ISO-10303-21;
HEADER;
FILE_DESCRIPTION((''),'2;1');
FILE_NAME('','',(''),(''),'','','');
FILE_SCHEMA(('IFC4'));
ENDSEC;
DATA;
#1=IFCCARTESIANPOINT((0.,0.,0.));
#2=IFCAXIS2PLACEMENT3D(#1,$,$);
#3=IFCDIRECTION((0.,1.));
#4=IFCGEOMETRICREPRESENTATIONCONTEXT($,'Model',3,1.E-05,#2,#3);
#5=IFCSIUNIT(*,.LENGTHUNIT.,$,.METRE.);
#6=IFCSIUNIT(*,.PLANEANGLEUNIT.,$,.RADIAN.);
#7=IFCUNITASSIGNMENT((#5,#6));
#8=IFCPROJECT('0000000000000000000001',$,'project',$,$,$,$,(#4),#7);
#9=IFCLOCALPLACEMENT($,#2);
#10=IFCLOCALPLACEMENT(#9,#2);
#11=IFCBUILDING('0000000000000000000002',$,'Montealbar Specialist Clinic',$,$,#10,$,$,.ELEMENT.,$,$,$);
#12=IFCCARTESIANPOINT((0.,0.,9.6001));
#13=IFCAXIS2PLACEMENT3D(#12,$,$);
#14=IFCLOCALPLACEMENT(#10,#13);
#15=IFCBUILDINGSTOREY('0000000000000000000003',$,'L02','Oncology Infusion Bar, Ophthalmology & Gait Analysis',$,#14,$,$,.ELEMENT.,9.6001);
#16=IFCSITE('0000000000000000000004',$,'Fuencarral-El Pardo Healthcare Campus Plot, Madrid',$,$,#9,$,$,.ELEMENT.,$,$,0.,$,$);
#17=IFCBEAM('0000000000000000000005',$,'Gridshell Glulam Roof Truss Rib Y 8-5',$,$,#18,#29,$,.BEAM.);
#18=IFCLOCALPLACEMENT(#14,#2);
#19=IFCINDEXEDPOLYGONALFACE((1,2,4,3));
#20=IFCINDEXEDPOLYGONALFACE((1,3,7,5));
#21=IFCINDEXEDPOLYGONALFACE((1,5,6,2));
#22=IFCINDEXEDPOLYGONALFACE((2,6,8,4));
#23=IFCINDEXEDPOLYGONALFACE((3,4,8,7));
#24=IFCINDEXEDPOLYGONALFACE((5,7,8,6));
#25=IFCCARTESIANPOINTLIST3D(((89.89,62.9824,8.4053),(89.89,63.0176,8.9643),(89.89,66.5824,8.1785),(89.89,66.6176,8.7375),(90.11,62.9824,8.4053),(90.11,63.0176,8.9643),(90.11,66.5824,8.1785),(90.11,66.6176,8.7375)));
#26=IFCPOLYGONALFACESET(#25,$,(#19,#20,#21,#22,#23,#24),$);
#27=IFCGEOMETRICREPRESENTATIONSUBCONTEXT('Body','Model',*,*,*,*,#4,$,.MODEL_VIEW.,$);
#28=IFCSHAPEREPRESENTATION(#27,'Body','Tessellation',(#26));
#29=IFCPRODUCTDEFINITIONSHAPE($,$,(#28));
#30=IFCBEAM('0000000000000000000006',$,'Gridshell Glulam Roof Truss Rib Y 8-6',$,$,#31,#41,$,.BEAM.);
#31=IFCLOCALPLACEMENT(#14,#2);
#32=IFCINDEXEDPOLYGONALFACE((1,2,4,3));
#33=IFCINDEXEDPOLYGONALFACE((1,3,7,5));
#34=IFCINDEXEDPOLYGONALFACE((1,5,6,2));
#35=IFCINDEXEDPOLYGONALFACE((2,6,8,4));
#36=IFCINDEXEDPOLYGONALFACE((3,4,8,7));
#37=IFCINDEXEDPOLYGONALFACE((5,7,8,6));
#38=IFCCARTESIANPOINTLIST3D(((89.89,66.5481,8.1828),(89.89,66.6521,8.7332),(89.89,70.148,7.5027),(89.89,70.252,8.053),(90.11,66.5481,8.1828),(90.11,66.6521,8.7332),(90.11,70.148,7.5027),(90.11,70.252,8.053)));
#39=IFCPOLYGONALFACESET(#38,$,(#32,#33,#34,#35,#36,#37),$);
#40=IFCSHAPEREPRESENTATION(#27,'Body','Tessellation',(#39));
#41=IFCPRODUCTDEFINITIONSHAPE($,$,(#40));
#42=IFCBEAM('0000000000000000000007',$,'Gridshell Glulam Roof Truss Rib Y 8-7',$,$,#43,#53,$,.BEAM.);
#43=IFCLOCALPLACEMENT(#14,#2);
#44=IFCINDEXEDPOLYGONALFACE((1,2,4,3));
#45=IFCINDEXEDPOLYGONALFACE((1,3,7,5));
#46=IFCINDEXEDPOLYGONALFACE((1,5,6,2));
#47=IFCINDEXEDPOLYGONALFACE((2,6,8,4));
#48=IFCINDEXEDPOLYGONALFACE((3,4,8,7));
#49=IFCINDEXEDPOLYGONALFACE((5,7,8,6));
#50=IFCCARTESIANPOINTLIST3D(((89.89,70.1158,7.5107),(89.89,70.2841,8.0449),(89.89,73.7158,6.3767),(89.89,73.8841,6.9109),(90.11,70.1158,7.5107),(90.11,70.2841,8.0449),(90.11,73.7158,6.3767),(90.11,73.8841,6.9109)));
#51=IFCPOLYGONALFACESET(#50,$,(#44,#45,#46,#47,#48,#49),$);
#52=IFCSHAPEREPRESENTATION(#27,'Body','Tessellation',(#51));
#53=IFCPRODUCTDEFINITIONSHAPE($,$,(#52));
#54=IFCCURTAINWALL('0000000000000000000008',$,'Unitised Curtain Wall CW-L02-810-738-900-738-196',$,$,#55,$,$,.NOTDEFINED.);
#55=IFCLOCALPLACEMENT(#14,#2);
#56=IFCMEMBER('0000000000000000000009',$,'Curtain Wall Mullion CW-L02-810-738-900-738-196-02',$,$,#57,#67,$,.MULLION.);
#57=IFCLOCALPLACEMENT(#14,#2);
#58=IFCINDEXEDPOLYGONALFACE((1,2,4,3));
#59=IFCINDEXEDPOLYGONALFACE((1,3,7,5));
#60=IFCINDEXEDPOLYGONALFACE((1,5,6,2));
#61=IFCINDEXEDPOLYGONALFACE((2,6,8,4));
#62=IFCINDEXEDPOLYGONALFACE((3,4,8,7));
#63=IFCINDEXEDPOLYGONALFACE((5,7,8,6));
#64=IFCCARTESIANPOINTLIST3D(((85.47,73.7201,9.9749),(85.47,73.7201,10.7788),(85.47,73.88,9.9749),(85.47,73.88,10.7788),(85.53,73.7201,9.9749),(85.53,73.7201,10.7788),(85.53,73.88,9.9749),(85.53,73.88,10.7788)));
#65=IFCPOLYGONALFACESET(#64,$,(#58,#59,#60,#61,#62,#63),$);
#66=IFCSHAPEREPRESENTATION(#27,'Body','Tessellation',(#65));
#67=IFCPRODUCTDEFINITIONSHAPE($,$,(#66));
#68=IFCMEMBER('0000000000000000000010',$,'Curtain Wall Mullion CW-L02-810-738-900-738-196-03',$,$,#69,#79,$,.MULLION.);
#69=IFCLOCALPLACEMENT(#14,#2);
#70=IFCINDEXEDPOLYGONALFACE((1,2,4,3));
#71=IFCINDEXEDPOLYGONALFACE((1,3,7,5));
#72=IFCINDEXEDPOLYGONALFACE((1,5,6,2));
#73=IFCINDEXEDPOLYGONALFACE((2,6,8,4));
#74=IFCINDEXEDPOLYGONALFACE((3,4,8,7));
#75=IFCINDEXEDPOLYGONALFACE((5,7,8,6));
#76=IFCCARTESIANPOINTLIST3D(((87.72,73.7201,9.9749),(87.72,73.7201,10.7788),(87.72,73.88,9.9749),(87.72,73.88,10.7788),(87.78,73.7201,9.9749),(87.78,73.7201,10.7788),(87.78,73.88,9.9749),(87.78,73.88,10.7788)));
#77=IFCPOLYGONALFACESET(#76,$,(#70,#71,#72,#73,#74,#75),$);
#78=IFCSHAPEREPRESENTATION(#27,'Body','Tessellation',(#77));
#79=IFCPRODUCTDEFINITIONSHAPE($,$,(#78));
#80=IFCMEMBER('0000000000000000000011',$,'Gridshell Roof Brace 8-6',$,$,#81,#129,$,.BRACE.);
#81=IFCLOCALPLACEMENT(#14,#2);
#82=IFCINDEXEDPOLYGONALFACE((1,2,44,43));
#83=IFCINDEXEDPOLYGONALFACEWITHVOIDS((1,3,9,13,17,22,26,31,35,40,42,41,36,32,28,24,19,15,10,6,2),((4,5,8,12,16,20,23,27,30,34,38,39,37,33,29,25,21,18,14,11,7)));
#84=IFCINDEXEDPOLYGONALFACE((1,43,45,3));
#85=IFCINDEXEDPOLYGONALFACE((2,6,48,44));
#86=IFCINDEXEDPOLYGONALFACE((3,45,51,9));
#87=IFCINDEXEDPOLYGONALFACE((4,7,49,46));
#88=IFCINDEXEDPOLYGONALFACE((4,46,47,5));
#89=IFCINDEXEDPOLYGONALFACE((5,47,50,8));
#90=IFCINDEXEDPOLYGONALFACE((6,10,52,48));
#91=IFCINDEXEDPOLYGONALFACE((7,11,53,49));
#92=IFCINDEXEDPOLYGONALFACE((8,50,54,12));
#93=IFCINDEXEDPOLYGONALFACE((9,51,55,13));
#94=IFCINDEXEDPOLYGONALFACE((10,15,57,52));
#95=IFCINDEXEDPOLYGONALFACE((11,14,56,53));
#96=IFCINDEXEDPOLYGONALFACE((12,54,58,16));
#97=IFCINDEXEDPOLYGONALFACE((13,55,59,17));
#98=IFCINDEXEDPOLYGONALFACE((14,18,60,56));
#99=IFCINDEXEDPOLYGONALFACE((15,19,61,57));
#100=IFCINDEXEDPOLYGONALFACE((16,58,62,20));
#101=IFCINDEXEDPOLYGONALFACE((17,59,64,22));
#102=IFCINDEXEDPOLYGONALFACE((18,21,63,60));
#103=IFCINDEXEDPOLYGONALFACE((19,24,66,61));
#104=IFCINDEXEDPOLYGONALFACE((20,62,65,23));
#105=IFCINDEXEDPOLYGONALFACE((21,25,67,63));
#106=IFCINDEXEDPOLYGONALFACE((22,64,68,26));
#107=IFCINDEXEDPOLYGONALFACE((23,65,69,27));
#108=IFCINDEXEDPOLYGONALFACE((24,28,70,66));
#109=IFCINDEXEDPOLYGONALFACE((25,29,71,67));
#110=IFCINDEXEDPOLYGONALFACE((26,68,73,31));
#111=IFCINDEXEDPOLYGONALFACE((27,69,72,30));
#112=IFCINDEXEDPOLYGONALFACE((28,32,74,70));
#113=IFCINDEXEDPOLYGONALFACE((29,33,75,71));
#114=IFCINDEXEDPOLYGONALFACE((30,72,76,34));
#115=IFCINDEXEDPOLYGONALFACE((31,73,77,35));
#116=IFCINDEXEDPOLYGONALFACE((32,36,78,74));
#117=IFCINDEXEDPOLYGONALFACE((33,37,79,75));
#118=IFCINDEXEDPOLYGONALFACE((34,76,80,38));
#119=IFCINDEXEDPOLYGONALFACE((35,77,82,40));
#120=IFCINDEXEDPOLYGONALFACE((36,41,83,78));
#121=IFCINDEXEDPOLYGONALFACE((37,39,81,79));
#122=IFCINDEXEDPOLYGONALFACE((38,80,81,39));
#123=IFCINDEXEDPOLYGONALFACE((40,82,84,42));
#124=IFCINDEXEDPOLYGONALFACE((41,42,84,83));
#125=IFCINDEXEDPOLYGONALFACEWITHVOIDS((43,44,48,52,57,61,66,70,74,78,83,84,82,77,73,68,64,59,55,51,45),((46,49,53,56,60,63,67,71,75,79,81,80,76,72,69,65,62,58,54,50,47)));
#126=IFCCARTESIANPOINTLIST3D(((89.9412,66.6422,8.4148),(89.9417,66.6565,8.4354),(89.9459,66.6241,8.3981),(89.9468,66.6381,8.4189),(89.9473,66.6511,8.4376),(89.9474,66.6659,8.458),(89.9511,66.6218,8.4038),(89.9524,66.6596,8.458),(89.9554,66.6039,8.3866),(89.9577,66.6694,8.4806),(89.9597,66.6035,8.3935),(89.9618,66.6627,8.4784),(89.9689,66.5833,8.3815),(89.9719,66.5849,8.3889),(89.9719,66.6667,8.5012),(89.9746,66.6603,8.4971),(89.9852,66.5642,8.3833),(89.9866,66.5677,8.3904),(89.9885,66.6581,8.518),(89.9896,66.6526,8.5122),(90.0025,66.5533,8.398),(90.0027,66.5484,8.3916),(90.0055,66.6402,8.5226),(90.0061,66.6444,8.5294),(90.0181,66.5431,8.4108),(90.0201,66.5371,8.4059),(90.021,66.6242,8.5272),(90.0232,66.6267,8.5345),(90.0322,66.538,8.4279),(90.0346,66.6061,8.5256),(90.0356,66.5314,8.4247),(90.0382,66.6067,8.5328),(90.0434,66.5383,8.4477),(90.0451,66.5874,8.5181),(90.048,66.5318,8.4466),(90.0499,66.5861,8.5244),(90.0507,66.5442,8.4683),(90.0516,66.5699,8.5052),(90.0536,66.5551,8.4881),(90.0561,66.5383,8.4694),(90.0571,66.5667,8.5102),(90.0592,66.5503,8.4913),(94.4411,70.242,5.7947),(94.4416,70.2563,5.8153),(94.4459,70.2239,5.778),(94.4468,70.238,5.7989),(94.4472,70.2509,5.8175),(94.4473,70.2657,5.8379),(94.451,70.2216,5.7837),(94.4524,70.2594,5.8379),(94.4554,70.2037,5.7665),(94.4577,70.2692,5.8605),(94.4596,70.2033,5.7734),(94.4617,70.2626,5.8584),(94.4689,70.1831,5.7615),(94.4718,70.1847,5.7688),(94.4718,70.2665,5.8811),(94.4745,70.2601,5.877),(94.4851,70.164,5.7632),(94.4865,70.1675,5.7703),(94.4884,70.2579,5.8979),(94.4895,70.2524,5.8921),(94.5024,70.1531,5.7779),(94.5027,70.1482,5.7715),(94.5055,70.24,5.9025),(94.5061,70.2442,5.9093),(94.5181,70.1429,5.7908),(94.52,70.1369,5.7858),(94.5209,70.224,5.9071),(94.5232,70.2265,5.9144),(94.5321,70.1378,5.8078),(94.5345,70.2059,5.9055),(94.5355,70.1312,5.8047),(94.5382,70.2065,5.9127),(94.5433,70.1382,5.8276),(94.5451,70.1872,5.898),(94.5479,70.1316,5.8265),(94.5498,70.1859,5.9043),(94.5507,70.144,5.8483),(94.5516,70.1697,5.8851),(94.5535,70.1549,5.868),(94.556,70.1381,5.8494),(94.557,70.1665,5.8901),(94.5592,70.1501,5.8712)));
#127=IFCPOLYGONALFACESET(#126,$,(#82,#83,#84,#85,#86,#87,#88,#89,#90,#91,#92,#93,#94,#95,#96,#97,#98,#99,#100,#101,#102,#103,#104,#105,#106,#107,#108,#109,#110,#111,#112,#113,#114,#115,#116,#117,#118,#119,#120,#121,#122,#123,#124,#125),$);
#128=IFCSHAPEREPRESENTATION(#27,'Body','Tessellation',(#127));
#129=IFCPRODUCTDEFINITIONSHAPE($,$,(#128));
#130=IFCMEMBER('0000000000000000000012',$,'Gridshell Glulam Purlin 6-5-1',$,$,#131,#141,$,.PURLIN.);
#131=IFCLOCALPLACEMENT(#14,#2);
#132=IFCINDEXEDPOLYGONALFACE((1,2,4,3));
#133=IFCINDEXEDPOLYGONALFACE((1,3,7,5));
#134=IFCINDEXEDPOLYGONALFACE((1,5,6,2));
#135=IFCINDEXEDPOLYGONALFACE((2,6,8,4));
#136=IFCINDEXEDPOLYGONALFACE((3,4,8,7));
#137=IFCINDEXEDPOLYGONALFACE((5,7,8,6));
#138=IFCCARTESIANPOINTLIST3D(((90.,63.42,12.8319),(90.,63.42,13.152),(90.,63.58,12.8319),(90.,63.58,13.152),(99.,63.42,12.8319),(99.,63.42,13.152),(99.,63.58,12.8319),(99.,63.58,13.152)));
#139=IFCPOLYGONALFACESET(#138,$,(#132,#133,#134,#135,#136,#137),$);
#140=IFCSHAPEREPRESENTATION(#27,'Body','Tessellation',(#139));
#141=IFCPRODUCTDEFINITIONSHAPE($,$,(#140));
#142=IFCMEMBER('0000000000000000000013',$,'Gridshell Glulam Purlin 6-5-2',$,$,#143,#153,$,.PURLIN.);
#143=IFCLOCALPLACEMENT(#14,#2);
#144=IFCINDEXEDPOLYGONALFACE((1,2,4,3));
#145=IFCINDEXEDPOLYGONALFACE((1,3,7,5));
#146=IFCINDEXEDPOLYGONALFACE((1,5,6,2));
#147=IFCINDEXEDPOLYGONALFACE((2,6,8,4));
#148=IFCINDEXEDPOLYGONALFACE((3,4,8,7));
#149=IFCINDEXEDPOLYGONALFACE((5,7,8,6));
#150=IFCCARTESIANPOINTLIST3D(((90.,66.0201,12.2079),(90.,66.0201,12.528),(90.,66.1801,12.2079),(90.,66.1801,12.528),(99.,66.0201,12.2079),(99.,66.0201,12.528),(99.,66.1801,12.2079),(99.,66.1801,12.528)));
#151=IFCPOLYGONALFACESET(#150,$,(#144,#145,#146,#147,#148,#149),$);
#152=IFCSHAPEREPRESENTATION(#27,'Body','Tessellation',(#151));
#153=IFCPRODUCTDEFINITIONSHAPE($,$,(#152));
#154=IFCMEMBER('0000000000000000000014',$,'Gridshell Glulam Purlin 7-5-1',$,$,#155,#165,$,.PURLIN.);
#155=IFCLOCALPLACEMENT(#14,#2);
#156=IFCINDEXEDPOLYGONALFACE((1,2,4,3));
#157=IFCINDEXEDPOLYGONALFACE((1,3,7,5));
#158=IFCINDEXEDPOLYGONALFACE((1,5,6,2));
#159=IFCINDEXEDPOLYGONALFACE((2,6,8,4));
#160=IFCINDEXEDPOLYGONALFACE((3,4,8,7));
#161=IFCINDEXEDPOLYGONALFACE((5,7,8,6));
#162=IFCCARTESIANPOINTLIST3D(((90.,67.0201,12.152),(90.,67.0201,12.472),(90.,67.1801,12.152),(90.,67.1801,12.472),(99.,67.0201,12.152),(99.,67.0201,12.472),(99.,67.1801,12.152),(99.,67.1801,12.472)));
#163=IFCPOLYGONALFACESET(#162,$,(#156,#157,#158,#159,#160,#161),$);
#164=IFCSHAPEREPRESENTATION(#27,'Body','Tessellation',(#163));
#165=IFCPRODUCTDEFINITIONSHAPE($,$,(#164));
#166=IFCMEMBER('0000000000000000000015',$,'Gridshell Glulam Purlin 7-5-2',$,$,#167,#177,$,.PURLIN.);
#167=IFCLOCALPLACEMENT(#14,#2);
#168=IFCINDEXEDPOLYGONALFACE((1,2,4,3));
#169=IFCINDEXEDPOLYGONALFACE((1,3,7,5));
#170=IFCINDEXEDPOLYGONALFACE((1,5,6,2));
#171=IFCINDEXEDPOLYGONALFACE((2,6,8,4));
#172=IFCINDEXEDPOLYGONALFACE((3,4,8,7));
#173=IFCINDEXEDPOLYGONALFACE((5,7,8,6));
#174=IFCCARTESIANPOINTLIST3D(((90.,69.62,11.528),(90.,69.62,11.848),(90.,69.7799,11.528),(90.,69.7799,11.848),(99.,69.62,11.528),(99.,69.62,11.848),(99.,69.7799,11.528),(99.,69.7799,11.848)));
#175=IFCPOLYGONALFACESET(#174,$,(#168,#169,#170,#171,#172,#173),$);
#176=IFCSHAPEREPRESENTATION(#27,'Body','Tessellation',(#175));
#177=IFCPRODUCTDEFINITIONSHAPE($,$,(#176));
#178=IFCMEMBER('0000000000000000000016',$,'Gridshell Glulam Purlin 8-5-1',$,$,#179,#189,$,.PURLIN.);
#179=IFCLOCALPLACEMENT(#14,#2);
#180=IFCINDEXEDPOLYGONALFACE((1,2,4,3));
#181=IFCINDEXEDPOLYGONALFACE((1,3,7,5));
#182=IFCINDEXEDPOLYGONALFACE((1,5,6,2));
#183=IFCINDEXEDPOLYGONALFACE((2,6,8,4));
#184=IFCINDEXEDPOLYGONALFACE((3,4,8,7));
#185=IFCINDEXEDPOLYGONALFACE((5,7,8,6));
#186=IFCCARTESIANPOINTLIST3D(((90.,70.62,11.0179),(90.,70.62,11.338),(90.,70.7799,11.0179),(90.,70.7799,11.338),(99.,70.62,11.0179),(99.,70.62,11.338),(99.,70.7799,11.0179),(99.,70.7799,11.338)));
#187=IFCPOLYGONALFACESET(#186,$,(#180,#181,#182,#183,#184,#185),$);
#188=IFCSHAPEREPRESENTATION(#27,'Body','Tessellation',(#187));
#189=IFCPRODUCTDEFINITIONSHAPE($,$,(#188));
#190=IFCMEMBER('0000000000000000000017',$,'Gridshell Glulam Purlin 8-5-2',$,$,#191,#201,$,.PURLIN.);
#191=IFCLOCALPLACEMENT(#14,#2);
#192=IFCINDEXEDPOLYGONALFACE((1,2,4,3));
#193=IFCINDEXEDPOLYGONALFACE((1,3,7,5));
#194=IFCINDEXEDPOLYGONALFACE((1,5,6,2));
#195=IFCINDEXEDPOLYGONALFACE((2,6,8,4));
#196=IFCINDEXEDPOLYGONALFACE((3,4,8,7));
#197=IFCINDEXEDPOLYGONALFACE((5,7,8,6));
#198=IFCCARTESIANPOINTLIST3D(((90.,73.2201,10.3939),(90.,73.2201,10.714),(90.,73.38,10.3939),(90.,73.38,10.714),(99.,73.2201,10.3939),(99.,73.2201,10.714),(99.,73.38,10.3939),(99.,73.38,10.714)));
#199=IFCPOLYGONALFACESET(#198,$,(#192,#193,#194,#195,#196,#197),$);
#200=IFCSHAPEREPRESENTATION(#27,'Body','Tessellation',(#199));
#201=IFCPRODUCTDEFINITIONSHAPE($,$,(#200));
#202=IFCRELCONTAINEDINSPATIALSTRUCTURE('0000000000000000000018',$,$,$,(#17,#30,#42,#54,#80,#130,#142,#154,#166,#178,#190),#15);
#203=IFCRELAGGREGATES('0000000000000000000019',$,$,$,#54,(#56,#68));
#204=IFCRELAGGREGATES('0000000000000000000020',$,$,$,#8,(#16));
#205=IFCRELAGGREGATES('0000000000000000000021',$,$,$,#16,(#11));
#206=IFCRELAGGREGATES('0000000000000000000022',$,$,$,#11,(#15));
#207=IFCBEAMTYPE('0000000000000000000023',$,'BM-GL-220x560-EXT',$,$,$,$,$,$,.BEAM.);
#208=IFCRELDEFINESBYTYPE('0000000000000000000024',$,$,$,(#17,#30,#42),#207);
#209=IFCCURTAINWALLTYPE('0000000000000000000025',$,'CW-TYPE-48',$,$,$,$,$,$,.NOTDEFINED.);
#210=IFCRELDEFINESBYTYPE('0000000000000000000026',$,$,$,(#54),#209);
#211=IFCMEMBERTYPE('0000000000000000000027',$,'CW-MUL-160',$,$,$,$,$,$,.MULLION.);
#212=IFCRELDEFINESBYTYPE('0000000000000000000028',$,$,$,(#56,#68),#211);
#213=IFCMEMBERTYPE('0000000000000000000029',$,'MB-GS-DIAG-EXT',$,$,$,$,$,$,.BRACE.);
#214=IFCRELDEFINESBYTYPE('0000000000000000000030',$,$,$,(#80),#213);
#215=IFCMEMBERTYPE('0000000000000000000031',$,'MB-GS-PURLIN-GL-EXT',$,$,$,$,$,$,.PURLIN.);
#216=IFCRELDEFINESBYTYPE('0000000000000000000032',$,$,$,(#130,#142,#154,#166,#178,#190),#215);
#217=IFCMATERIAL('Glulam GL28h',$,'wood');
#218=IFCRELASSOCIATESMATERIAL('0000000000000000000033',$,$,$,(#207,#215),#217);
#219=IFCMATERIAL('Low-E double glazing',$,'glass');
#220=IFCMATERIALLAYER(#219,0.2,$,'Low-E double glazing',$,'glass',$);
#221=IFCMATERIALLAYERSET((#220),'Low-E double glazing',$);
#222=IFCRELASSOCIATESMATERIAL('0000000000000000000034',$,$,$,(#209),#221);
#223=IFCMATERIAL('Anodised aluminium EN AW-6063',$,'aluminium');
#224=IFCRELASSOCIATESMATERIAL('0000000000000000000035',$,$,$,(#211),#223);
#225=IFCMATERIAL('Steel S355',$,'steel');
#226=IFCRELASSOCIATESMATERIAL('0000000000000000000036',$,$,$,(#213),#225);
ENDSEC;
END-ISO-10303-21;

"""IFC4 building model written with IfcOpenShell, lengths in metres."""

from ifc_helpers import new_model, si_unit, direction, frame, origin, origin_2d, place, context, subcontext, project, spatial, rectangle, hollow_circle, extrude, material, layer, layer_set, material_profile, profile_set, type_object, element, aggregate, save


model = new_model("IFC4")

# Units and contexts
model_context = context("Model", 3, precision=1e-05, world=origin(), true_north=direction((0.0, 1.0)))
body_context = subcontext(model_context, "Body", "Model", "MODEL_VIEW")
ifc_project = project(units=[si_unit("LENGTHUNIT", "METRE"), si_unit("PLANEANGLEUNIT", "RADIAN")], contexts=[model_context])

# Site, building, storey
site_placement = place(None, origin())
site = spatial("IfcSite", under=ifc_project, at=site_placement, Name="Fuencarral-El Pardo Healthcare Campus Plot, Madrid", CompositionType="ELEMENT", RefElevation=0.0)
building_placement = place(site_placement, origin())
building = spatial("IfcBuilding", under=site, at=building_placement, Name="Montealbar Specialist Clinic", CompositionType="ELEMENT")
storey_placement = place(building_placement, frame((0.0, 0.0, 9.6001)))
storey = spatial("IfcBuildingStorey", under=building, at=storey_placement, Name="L02", Description="Oncology Infusion Bar, Ophthalmology & Gait Analysis", CompositionType="ELEMENT", Elevation=9.6001)

# Beams
ifc_material_1 = material(Name="Steel S355", Category="steel")
ifc_material_2 = material(Name="Glulam GL28h", Category="wood")
ifc_material_profile_1 = material_profile(ifc_material_2, rectangle(XDim=0.22, YDim=0.5601, at=origin_2d()), Name="GL28h 220x560", Category="wood")
ifc_profile_set_1 = profile_set([ifc_material_profile_1], Name="Glulam GL28h")
beam_type_1 = type_object("IfcBeamType", Name="BM-GL-220x560-EXT", PredefinedType="BEAM", material=ifc_profile_set_1)
beam_1_placement = place(storey_placement, frame((90.0, 63.0, 8.6848), z_axis=(0.0, 0.998021, -0.062875), x_axis=(-1.0, 0.0, 0.0)))
element("IfcBeam", 1, at=beam_1_placement, inside=storey, type_object=beam_type_1, Name="Gridshell Glulam Roof Truss Rib Y 8-5", PredefinedType="BEAM", context=body_context, shape_type="SweptSolid", body=[
    extrude(rectangle(XDim=0.22, YDim=0.5601, at=origin_2d()), origin(), (0.0, 0.0, 1.0), 3.6072),
])
beam_2_placement = place(storey_placement, frame((90.0, 66.6001, 8.458), z_axis=(0.0, 0.982614, -0.18566), x_axis=(-1.0, 0.0, 0.0)))
element("IfcBeam", 2, at=beam_2_placement, inside=storey, type_object=beam_type_1, Name="Gridshell Glulam Roof Truss Rib Y 8-6", PredefinedType="BEAM", context=body_context, shape_type="SweptSolid", body=[
    extrude(rectangle(XDim=0.22, YDim=0.5601, at=origin_2d()), origin(), (0.0, 0.0, 1.0), 3.6636),
])
beam_3_placement = place(storey_placement, frame((90.0, 70.2, 7.7778), z_axis=(0.0, 0.953798, -0.300447), x_axis=(-1.0, 0.0, 0.0)))
element("IfcBeam", 3, at=beam_3_placement, inside=storey, type_object=beam_type_1, Name="Gridshell Glulam Roof Truss Rib Y 8-7", PredefinedType="BEAM", context=body_context, shape_type="SweptSolid", body=[
    extrude(rectangle(XDim=0.22, YDim=0.5601, at=origin_2d()), origin(), (0.0, 0.0, 1.0), 3.7744),
])

# Curtain wall, members
ifc_material_3 = material(Name="Low-E double glazing", Category="glass")
ifc_layer_1 = layer(ifc_material_3, 0.2, Name="Low-E double glazing", Category="glass")
ifc_layer_set_1 = layer_set([ifc_layer_1], Name="Low-E double glazing")
curtain_wall_type = type_object("IfcCurtainWallType", Name="CW-TYPE-48", PredefinedType="NOTDEFINED", material=ifc_layer_set_1)
curtain_wall_placement = place(storey_placement, origin())
curtain_wall = element("IfcCurtainWall", 4, at=curtain_wall_placement, inside=storey, type_object=curtain_wall_type, Name="Unitised Curtain Wall CW-L02-810-738-900-738-196", PredefinedType="NOTDEFINED")
ifc_material_4 = material(Name="Anodised aluminium EN AW-6063", Category="aluminium")
ifc_material_profile_2 = material_profile(ifc_material_4, rectangle(XDim=0.0601, YDim=0.1599, at=origin_2d()), Name="ALU 60x160", Category="aluminium")
ifc_profile_set_2 = profile_set([ifc_material_profile_2], Name="Anodised aluminium EN AW-6063")
member_type_1 = type_object("IfcMemberType", Name="CW-MUL-160", PredefinedType="MULLION", material=ifc_profile_set_2)
member_1_placement = place(storey_placement, frame((85.5, 73.8, 9.9749), z_axis=(0.0, 0.0, 1.0), x_axis=(1.0, 0.0, 0.0)))
member_1 = element("IfcMember", 5, at=member_1_placement, type_object=member_type_1, Name="Curtain Wall Mullion CW-L02-810-738-900-738-196-02", PredefinedType="MULLION", context=body_context, shape_type="SweptSolid", body=[
    extrude(rectangle(XDim=0.0601, YDim=0.1599, at=origin_2d()), origin(), (0.0, 0.0, 1.0), 0.804),
])
member_2_placement = place(storey_placement, frame((87.75, 73.8, 9.9749), z_axis=(0.0, 0.0, 1.0), x_axis=(1.0, 0.0, 0.0)))
member_2 = element("IfcMember", 6, at=member_2_placement, type_object=member_type_1, Name="Curtain Wall Mullion CW-L02-810-738-900-738-196-03", PredefinedType="MULLION", context=body_context, shape_type="SweptSolid", body=[
    extrude(rectangle(XDim=0.0601, YDim=0.1599, at=origin_2d()), origin(), (0.0, 0.0, 1.0), 0.804),
])

# Members
ifc_material_profile_3 = material_profile(ifc_material_1, hollow_circle(Radius=0.0842, WallThickness=0.0081, at=origin_2d()), Name="CHS 168.3x8.0", Category="steel")
ifc_profile_set_3 = profile_set([ifc_material_profile_3], Name="Steel S355")
member_type_2 = type_object("IfcMemberType", Name="MB-GS-DIAG-EXT", PredefinedType="BRACE", material=ifc_profile_set_3)
member_3_placement = place(storey_placement, frame((90.0, 66.6001, 8.458), z_axis=(0.710856, 0.568661, -0.413894), x_axis=(-0.62468, 0.780881, 0.0)))
element("IfcMember", 7, at=member_3_placement, inside=storey, type_object=member_type_2, Name="Gridshell Roof Brace 8-6", PredefinedType="BRACE", context=body_context, shape_type="SweptSolid", body=[
    extrude(hollow_circle(Radius=0.0842, WallThickness=0.0081, at=origin_2d()), origin(), (0.0, 0.0, 1.0), 6.3303),
])
ifc_material_profile_4 = material_profile(ifc_material_2, rectangle(XDim=0.1599, YDim=0.3201, at=origin_2d()), Name="GL28h 160x320", Category="wood")
ifc_profile_set_4 = profile_set([ifc_material_profile_4], Name="Glulam GL28h")
member_type_3 = type_object("IfcMemberType", Name="MB-GS-PURLIN-GL-EXT", PredefinedType="PURLIN", material=ifc_profile_set_4)
for number, where, z_axis, x_axis, name in (
    (8, (90.0, 63.5, 12.9919), (1.0, 0.0, 0.0), (0.0, 1.0, 0.0), "Gridshell Glulam Purlin 6-5-1"),
    (9, (90.0, 66.1001, 12.3679), (1.0, 0.0, 0.0), (0.0, 1.0, 0.0), "Gridshell Glulam Purlin 6-5-2"),
    (10, (90.0, 67.1001, 12.312), (1.0, 0.0, 0.0), (0.0, 1.0, 0.0), "Gridshell Glulam Purlin 7-5-1"),
    (11, (90.0, 69.7, 11.688), (1.0, 0.0, 0.0), (0.0, 1.0, 0.0), "Gridshell Glulam Purlin 7-5-2"),
    (12, (90.0, 70.7, 11.178), (1.0, 0.0, 0.0), (0.0, 1.0, 0.0), "Gridshell Glulam Purlin 8-5-1"),
    (13, (90.0, 73.3, 10.554), (1.0, 0.0, 0.0), (0.0, 1.0, 0.0), "Gridshell Glulam Purlin 8-5-2"),
):
    element("IfcMember", number, at=place(storey_placement, frame(where, z_axis=z_axis, x_axis=x_axis)), inside=storey, type_object=member_type_3, Name=name, PredefinedType="PURLIN", context=body_context, shape_type="SweptSolid", body=[
        extrude(rectangle(XDim=0.1599, YDim=0.3201, at=origin_2d()), origin(), (0.0, 0.0, 1.0), 9.0),
    ])

aggregate(curtain_wall, [member_1, member_2])

save(model, "model.ifc")
